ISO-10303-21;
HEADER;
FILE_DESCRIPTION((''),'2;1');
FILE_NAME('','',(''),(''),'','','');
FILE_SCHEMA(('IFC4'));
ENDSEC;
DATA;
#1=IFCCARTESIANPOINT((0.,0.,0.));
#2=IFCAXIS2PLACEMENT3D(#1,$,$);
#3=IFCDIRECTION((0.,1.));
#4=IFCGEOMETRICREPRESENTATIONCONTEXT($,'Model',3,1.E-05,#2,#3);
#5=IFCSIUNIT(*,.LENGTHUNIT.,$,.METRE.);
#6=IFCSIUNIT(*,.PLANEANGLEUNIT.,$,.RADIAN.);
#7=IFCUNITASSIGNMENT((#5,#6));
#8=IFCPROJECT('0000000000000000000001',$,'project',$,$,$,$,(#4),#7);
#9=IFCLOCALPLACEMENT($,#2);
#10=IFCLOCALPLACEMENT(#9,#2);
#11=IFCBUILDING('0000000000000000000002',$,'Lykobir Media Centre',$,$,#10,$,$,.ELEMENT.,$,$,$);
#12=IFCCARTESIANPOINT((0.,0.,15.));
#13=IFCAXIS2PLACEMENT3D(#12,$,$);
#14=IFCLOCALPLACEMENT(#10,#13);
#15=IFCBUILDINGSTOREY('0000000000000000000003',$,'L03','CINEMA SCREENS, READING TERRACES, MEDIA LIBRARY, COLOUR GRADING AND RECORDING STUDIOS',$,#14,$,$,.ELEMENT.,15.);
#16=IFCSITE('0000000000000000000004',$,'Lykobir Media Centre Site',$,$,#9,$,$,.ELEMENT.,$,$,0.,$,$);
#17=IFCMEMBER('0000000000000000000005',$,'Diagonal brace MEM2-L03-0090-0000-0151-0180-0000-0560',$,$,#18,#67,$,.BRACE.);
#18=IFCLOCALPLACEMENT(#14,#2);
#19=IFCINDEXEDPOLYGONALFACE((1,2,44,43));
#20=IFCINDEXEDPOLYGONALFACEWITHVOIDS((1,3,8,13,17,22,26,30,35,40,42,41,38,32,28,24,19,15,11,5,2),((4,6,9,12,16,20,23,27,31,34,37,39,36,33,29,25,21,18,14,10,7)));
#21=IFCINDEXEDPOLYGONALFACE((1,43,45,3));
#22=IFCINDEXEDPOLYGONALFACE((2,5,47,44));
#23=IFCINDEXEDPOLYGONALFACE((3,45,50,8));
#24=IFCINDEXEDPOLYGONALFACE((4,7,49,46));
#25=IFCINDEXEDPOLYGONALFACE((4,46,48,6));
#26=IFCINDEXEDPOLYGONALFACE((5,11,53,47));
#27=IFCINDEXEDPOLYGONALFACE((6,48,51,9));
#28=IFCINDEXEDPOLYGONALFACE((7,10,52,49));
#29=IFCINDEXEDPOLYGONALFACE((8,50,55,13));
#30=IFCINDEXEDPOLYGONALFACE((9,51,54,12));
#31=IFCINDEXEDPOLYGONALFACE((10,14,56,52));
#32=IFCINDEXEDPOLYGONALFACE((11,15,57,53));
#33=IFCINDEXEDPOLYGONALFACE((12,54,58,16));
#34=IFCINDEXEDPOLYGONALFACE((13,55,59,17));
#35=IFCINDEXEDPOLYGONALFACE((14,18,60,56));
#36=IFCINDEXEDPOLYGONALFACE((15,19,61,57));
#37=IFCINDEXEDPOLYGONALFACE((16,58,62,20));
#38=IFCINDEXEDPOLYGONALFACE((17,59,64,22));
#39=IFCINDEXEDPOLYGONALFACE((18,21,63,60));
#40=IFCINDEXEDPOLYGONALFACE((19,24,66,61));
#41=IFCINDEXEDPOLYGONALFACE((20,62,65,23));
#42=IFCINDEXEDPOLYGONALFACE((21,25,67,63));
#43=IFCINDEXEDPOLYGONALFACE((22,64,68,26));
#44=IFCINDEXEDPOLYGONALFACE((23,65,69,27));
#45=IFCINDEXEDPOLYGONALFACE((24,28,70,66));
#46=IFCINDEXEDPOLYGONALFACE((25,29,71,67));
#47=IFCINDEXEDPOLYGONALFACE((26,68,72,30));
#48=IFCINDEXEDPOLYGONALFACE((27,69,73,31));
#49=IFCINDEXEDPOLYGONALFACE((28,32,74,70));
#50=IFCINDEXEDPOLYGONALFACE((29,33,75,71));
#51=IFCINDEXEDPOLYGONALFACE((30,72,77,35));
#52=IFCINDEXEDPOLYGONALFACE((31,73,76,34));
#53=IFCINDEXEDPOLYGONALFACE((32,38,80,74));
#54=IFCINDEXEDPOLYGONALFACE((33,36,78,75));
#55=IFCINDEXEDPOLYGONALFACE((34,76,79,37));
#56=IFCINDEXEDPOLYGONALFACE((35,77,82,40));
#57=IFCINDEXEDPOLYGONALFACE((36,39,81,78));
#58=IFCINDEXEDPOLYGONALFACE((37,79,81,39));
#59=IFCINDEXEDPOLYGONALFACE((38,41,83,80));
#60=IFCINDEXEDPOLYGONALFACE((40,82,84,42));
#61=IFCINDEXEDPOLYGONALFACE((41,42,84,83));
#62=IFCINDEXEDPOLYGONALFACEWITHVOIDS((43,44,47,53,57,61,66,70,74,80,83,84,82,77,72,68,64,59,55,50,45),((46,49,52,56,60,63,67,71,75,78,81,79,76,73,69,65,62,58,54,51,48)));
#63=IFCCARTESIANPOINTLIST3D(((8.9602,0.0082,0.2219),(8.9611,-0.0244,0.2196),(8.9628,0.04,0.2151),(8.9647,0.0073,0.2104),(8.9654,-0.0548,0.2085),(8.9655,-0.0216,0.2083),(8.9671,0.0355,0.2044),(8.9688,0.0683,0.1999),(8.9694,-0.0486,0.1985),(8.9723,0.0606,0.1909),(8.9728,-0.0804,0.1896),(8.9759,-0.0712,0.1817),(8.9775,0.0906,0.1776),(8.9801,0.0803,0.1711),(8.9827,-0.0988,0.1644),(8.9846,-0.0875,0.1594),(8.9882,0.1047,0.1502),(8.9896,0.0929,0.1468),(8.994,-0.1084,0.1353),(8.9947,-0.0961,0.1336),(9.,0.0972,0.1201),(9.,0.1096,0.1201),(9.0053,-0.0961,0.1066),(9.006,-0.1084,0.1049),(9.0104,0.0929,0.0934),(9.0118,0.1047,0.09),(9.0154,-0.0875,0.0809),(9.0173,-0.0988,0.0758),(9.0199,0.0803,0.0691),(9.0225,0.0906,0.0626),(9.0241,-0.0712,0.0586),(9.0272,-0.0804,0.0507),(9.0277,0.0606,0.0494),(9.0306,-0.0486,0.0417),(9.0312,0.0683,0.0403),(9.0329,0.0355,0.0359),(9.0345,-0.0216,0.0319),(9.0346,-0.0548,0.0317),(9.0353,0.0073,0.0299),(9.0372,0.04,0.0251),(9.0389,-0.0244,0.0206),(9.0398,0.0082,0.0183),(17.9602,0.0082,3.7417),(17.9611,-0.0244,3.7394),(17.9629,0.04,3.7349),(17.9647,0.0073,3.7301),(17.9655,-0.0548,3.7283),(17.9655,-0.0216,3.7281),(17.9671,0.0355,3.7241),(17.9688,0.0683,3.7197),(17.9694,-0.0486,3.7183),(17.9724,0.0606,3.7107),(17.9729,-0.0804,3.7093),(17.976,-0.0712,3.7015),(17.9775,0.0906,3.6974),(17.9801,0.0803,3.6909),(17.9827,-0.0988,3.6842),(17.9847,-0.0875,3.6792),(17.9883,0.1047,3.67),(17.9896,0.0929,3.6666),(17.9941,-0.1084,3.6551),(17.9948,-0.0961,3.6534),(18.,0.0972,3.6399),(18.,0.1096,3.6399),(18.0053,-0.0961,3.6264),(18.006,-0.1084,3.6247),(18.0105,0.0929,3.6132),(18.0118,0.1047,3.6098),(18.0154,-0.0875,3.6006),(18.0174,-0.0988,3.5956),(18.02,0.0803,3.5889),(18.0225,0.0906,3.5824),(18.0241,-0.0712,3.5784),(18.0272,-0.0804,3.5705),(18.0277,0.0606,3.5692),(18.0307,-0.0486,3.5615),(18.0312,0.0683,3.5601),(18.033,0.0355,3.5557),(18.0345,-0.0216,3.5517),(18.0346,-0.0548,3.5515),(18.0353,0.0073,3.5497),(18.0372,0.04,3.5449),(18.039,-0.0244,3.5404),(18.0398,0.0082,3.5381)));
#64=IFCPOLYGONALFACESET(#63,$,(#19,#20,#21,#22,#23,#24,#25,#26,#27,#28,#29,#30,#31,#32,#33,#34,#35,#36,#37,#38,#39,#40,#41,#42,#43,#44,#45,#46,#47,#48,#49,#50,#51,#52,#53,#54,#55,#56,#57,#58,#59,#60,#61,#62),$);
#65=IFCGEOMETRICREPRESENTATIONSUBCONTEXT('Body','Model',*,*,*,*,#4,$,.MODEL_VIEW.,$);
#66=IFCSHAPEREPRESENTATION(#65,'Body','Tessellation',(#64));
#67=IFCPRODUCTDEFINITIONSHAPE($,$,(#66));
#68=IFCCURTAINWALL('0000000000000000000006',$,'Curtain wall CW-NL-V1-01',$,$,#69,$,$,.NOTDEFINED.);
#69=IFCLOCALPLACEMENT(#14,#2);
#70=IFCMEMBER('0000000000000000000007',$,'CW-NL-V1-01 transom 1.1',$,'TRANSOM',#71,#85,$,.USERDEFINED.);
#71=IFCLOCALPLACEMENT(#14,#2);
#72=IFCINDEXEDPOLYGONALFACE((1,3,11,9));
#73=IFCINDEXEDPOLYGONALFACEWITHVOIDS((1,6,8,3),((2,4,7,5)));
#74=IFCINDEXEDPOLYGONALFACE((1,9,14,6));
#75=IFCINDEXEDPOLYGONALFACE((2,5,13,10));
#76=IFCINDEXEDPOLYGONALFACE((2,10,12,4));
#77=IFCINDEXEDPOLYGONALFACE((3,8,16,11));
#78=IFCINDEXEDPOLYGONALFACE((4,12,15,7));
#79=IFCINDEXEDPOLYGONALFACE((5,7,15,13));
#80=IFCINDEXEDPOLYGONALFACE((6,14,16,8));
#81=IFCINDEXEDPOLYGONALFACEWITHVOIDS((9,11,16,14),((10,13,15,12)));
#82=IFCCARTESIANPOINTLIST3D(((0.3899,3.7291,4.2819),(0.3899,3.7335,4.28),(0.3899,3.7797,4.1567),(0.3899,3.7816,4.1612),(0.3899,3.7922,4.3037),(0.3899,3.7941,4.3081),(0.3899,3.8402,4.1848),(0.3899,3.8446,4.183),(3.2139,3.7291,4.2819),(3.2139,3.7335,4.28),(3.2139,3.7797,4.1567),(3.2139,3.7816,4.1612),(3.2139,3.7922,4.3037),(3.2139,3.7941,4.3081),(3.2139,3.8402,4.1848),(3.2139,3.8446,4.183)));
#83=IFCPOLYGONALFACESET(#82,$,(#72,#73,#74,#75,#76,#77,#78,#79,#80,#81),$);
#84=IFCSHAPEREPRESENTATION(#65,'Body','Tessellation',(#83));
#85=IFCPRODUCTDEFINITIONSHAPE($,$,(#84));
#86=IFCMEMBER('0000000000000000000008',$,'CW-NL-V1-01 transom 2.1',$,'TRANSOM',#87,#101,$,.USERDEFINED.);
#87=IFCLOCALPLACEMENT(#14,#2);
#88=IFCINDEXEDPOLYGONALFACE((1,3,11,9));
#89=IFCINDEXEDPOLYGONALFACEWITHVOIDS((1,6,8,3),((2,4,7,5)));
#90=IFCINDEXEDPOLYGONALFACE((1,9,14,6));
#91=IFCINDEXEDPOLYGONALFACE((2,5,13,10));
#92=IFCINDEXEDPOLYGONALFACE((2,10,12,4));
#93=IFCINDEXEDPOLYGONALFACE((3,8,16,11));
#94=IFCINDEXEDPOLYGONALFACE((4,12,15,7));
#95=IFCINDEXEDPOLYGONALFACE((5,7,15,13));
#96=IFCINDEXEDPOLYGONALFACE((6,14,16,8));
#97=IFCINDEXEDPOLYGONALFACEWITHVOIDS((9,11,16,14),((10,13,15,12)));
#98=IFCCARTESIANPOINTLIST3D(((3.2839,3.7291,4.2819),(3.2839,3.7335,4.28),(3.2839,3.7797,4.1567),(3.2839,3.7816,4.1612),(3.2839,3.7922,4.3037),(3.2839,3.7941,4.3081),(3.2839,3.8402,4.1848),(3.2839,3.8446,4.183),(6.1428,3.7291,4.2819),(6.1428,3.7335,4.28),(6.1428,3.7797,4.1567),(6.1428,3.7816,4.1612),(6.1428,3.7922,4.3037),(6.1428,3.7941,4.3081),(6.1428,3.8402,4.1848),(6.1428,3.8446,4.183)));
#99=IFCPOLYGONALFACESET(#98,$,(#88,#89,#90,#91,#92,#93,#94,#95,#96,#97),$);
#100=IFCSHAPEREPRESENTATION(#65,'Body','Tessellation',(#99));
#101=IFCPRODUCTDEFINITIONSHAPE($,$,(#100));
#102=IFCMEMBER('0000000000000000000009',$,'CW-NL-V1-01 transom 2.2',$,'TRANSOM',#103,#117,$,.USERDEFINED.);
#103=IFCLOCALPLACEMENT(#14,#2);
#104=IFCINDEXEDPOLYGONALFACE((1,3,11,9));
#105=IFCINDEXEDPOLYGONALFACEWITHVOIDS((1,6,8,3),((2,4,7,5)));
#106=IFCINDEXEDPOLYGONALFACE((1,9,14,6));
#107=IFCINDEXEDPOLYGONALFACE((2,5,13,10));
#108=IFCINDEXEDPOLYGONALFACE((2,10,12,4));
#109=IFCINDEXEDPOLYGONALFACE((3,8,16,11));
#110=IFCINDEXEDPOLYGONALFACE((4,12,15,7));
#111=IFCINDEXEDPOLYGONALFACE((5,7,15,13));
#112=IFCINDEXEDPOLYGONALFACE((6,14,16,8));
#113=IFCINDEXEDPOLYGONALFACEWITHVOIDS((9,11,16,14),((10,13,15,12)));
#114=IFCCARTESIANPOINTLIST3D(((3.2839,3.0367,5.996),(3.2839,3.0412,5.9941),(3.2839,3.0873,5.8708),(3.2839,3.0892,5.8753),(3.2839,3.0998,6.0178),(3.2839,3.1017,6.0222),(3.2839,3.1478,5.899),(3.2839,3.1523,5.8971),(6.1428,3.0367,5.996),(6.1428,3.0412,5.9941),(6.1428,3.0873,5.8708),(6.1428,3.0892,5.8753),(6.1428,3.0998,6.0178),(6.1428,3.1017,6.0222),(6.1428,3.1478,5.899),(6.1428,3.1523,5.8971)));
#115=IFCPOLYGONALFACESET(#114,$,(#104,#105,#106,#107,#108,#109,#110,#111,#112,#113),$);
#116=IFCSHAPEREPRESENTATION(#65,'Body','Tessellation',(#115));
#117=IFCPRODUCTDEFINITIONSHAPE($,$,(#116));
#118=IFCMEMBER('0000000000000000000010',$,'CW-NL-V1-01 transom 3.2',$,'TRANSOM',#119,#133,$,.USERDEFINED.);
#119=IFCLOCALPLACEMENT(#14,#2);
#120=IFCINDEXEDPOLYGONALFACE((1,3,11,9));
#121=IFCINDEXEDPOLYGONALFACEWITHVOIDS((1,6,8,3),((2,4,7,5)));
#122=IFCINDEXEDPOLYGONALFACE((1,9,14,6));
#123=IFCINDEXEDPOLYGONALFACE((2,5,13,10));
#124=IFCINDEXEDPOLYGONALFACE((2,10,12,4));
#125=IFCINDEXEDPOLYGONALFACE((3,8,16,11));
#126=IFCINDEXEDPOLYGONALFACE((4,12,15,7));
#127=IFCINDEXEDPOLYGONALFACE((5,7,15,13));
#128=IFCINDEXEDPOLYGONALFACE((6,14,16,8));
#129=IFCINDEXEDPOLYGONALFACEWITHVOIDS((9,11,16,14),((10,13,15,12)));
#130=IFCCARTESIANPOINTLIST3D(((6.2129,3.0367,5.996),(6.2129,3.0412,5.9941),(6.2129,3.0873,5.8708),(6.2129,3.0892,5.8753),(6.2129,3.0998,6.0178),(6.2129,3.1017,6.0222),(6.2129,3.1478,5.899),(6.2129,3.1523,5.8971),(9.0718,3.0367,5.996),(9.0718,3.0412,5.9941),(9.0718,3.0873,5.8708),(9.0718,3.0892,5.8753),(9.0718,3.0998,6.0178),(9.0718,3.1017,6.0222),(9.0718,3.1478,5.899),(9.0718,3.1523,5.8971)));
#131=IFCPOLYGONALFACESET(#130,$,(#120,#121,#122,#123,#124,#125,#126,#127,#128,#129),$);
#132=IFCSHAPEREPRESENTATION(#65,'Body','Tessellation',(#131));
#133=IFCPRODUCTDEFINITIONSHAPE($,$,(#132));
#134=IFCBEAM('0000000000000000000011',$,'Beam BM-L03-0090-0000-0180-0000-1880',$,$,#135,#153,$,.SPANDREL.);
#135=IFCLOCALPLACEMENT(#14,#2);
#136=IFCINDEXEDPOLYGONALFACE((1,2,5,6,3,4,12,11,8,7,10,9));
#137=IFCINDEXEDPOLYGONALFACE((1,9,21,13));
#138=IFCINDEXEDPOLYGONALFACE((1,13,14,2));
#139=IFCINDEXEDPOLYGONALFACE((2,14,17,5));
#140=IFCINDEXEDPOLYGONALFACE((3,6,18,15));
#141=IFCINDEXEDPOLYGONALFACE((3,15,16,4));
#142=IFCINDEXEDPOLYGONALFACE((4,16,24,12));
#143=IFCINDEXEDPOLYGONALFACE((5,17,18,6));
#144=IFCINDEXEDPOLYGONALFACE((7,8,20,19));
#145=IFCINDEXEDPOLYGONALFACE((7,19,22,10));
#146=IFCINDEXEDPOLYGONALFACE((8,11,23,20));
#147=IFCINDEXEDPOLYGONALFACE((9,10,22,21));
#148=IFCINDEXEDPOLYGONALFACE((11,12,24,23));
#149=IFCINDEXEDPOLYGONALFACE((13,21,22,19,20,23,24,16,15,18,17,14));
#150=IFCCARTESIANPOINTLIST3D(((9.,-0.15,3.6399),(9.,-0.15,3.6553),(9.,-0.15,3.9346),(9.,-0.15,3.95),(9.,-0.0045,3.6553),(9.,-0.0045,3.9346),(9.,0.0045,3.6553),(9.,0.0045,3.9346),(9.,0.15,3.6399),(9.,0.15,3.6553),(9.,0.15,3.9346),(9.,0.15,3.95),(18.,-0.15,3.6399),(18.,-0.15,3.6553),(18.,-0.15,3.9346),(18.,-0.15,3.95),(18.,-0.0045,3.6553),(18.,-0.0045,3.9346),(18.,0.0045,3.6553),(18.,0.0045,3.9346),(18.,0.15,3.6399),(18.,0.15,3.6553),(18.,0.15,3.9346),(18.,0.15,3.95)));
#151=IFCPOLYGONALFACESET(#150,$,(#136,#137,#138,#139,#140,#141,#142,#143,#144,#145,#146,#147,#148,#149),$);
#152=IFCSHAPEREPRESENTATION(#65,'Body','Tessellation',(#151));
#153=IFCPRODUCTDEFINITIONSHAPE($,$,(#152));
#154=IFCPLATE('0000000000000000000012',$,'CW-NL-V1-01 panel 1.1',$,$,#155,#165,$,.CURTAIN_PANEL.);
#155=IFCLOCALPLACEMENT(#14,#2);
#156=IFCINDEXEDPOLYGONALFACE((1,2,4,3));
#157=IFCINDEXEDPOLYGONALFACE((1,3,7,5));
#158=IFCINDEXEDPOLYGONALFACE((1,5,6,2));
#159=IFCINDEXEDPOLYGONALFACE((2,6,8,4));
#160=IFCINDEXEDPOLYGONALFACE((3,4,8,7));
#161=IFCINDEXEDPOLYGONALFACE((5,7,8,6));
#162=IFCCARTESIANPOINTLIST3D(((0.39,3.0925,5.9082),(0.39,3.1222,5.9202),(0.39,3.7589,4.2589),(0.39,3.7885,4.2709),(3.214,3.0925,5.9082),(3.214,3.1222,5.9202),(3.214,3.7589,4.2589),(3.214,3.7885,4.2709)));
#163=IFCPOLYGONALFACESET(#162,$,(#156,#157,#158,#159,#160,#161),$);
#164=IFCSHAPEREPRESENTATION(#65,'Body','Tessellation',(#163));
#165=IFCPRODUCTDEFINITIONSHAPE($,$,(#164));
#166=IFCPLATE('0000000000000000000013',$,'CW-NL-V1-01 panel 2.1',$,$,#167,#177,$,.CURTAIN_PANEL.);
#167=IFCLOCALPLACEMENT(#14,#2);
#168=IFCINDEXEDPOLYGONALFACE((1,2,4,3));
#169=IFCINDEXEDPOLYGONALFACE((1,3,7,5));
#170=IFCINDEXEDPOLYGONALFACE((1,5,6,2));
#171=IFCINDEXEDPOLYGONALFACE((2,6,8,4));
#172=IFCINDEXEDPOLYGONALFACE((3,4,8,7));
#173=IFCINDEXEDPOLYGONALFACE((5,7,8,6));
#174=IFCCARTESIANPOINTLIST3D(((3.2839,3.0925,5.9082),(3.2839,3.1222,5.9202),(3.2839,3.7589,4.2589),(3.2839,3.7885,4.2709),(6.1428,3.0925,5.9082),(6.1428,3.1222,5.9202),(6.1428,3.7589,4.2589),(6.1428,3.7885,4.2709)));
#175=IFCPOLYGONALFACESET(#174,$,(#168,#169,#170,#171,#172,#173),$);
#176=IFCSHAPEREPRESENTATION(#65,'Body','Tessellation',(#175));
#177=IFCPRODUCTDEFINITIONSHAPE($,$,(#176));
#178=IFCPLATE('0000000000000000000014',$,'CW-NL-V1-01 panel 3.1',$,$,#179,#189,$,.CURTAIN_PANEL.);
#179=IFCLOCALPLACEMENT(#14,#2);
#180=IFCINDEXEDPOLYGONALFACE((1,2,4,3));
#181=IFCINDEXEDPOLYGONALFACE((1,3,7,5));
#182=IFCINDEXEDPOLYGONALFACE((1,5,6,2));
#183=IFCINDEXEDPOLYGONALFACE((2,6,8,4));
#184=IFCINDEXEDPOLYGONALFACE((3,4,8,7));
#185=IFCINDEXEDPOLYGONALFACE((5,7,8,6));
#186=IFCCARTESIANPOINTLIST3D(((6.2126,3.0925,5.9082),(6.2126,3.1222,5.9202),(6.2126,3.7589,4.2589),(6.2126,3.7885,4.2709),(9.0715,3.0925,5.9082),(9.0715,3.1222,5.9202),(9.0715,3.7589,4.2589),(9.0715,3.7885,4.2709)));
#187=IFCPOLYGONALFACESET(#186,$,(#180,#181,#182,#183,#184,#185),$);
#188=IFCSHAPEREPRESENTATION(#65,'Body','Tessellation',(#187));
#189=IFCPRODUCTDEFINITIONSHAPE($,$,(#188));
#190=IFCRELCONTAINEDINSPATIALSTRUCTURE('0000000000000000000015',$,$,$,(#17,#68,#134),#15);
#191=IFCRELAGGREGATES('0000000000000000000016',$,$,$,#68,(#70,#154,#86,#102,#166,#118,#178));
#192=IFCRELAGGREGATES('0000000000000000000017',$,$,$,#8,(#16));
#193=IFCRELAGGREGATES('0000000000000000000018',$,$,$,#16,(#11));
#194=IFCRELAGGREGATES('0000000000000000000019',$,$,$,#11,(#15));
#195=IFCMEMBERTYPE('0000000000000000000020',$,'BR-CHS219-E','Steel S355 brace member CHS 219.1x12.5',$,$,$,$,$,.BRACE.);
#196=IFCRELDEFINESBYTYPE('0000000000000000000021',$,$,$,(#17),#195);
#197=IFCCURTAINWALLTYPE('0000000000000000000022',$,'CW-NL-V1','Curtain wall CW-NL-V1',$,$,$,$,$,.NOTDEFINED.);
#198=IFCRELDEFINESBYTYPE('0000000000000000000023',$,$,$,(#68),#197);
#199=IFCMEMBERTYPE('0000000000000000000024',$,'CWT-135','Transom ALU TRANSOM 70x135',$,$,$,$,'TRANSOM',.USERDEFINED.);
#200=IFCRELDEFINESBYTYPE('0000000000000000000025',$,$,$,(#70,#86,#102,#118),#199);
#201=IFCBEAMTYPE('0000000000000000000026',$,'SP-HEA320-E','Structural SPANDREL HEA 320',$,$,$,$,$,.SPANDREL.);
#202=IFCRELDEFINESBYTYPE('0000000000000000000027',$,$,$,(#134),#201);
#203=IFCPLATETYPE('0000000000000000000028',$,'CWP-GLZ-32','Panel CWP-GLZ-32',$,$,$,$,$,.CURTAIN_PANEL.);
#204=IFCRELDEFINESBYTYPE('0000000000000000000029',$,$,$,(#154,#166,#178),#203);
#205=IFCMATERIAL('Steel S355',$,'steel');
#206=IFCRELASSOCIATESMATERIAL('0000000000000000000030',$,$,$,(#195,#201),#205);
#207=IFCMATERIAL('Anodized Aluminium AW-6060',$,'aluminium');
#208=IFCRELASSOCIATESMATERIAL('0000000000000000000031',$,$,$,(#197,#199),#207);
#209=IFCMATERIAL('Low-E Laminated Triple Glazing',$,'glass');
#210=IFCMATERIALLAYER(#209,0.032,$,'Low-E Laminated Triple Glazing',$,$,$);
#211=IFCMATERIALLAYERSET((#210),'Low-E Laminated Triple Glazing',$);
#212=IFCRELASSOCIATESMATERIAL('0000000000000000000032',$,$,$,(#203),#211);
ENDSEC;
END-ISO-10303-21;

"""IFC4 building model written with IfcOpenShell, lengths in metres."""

from ifc_helpers import new_model, si_unit, direction, frame, origin, origin_2d, place, context, subcontext, project, spatial, rectangle, hollow_rectangle, hollow_circle, i_section, extrude, material, layer, layer_set, material_profile, profile_set, type_object, element, aggregate, save


model = new_model("IFC4")

# Units and contexts
model_context = context("Model", 3, precision=1e-05, world=origin(), true_north=direction((0.0, 1.0)))
body_context = subcontext(model_context, "Body", "Model", "MODEL_VIEW")
ifc_project = project(units=[si_unit("LENGTHUNIT", "METRE"), si_unit("PLANEANGLEUNIT", "RADIAN")], contexts=[model_context])

# Site, building, storey
site_placement = place(None, origin())
site = spatial("IfcSite", under=ifc_project, at=site_placement, Name="Lykobir Media Centre Site", CompositionType="ELEMENT", RefElevation=0.0)
building_placement = place(site_placement, origin())
building = spatial("IfcBuilding", under=site, at=building_placement, Name="Lykobir Media Centre", CompositionType="ELEMENT")
storey_placement = place(building_placement, frame((0.0, 0.0, 15.0)))
storey = spatial("IfcBuildingStorey", under=building, at=storey_placement, Name="L03", Description="CINEMA SCREENS, READING TERRACES, MEDIA LIBRARY, COLOUR GRADING AND RECORDING STUDIOS", CompositionType="ELEMENT", Elevation=15.0)

# Member
ifc_material_1 = material(Name="Steel S355", Category="steel")
ifc_material_profile_1 = material_profile(ifc_material_1, hollow_circle(Radius=0.1096, WallThickness=0.0125, at=origin_2d()), Name="CHS 219.1x12.5")
ifc_profile_set_1 = profile_set([ifc_material_profile_1], Name="Steel S355")
member_type_1 = type_object("IfcMemberType", Name="BR-CHS219-E", Description="Steel S355 brace member CHS 219.1x12.5", PredefinedType="BRACE", material=ifc_profile_set_1)
member_1_placement = place(storey_placement, frame((9.0, 0.0, 0.1201), z_axis=(0.931312, 0.0, 0.364223), x_axis=(0.0, 1.0, 0.0)))
element("IfcMember", 1, at=member_1_placement, inside=storey, type_object=member_type_1, Name="Diagonal brace MEM2-L03-0090-0000-0151-0180-0000-0560", PredefinedType="BRACE", context=body_context, shape_type="SweptSolid", body=[
    extrude(hollow_circle(Radius=0.1096, WallThickness=0.0125, at=origin_2d()), origin(), (0.0, 0.0, 1.0), 9.6638),
])

# Curtain wall, members
ifc_material_2 = material(Name="Anodized Aluminium AW-6060", Category="aluminium")
curtain_wall_type = type_object("IfcCurtainWallType", Name="CW-NL-V1", Description="Curtain wall CW-NL-V1", PredefinedType="NOTDEFINED", material=ifc_material_2)
curtain_wall_placement = place(storey_placement, origin())
curtain_wall = element("IfcCurtainWall", 2, at=curtain_wall_placement, inside=storey, type_object=curtain_wall_type, Name="Curtain wall CW-NL-V1-01", PredefinedType="NOTDEFINED")
ifc_material_profile_2 = material_profile(ifc_material_2, hollow_rectangle(XDim=0.0701, YDim=0.135, WallThickness=0.0034, at=origin_2d()), Name="ALU TRANSOM 70x135")
ifc_profile_set_2 = profile_set([ifc_material_profile_2], Name="Anodized Aluminium AW-6060")
member_type_2 = type_object("IfcMemberType", Name="CWT-135", Description="Transom ALU TRANSOM 70x135", ElementType="TRANSOM", PredefinedType="USERDEFINED", material=ifc_profile_set_2)
member_2_placement = place(storey_placement, frame((0.3899, 3.7869, 4.2324), z_axis=(1.0, 0.0, 0.0), x_axis=(0.0, 0.927184, 0.374607)))
member_2 = element("IfcMember", 3, at=member_2_placement, type_object=member_type_2, Name="CW-NL-V1-01 transom 1.1", ObjectType="TRANSOM", PredefinedType="USERDEFINED", context=body_context, shape_type="SweptSolid", body=[
    extrude(hollow_rectangle(XDim=0.0701, YDim=0.135, WallThickness=0.0034, at=origin_2d()), origin(), (0.0, 0.0, 1.0), 2.824),
])
member_3_placement = place(storey_placement, frame((3.2839, 3.7869, 4.2324), z_axis=(1.0, 0.0, 0.0), x_axis=(0.0, 0.927184, 0.374607)))
member_3 = element("IfcMember", 4, at=member_3_placement, type_object=member_type_2, Name="CW-NL-V1-01 transom 2.1", ObjectType="TRANSOM", PredefinedType="USERDEFINED", context=body_context, shape_type="SweptSolid", body=[
    extrude(hollow_rectangle(XDim=0.0701, YDim=0.135, WallThickness=0.0034, at=origin_2d()), origin(), (0.0, 0.0, 1.0), 2.8589),
])
member_4_placement = place(storey_placement, frame((3.2839, 3.0945, 5.9465), z_axis=(1.0, 0.0, 0.0), x_axis=(0.0, 0.927184, 0.374607)))
member_4 = element("IfcMember", 5, at=member_4_placement, type_object=member_type_2, Name="CW-NL-V1-01 transom 2.2", ObjectType="TRANSOM", PredefinedType="USERDEFINED", context=body_context, shape_type="SweptSolid", body=[
    extrude(hollow_rectangle(XDim=0.0701, YDim=0.135, WallThickness=0.0034, at=origin_2d()), origin(), (0.0, 0.0, 1.0), 2.8589),
])
member_5_placement = place(storey_placement, frame((6.2129, 3.0945, 5.9465), z_axis=(1.0, 0.0, 0.0), x_axis=(0.0, 0.927184, 0.374607)))
member_5 = element("IfcMember", 6, at=member_5_placement, type_object=member_type_2, Name="CW-NL-V1-01 transom 3.2", ObjectType="TRANSOM", PredefinedType="USERDEFINED", context=body_context, shape_type="SweptSolid", body=[
    extrude(hollow_rectangle(XDim=0.0701, YDim=0.135, WallThickness=0.0034, at=origin_2d()), origin(), (0.0, 0.0, 1.0), 2.8589),
])

# Beam
ifc_material_profile_3 = material_profile(ifc_material_1, i_section(OverallWidth=0.3, OverallDepth=0.3101, WebThickness=0.009, FlangeThickness=0.0154, at=origin_2d()), Name="HEA 320")
ifc_profile_set_3 = profile_set([ifc_material_profile_3], Name="Steel S355")
beam_type = type_object("IfcBeamType", Name="SP-HEA320-E", Description="Structural SPANDREL HEA 320", PredefinedType="SPANDREL", material=ifc_profile_set_3)
beam_placement = place(storey_placement, frame((9.0, 0.0, 3.7949), z_axis=(1.0, 0.0, 0.0), x_axis=(0.0, 1.0, 0.0)))
element("IfcBeam", 7, at=beam_placement, inside=storey, type_object=beam_type, Name="Beam BM-L03-0090-0000-0180-0000-1880", PredefinedType="SPANDREL", context=body_context, shape_type="SweptSolid", body=[
    extrude(i_section(OverallWidth=0.3, OverallDepth=0.3101, WebThickness=0.009, FlangeThickness=0.0154, at=origin_2d()), origin(), (0.0, 0.0, 1.0), 9.0),
])

# Plates
ifc_material_3 = material(Name="Low-E Laminated Triple Glazing", Category="glass")
ifc_layer_1 = layer(ifc_material_3, 0.032, Name="Low-E Laminated Triple Glazing")
ifc_layer_set_1 = layer_set([ifc_layer_1], Name="Low-E Laminated Triple Glazing")
plate_type_1 = type_object("IfcPlateType", Name="CWP-GLZ-32", Description="Panel CWP-GLZ-32", PredefinedType="CURTAIN_PANEL", material=ifc_layer_set_1)
plate_1_placement = place(storey_placement, frame((1.802, 3.7737, 4.2649), z_axis=(0.0, -0.374607, 0.927184), x_axis=(1.0, 0.0, 0.0)))
plate_1 = element("IfcPlate", 8, at=plate_1_placement, type_object=plate_type_1, Name="CW-NL-V1-01 panel 1.1", PredefinedType="CURTAIN_PANEL", context=body_context, shape_type="SweptSolid", body=[
    extrude(rectangle(XDim=2.824, YDim=0.032, at=origin_2d()), origin(), (0.0, 0.0, 1.0), 1.7788),
])
plate_2_placement = place(storey_placement, frame((4.7134, 3.7737, 4.2649), z_axis=(0.0, -0.374607, 0.927184), x_axis=(1.0, 0.0, 0.0)))
plate_2 = element("IfcPlate", 9, at=plate_2_placement, type_object=plate_type_1, Name="CW-NL-V1-01 panel 2.1", PredefinedType="CURTAIN_PANEL", context=body_context, shape_type="SweptSolid", body=[
    extrude(rectangle(XDim=2.8589, YDim=0.032, at=origin_2d()), origin(), (0.0, 0.0, 1.0), 1.7788),
])
plate_3_placement = place(storey_placement, frame((7.6421, 3.7737, 4.2649), z_axis=(0.0, -0.374607, 0.927184), x_axis=(1.0, 0.0, 0.0)))
plate_3 = element("IfcPlate", 10, at=plate_3_placement, type_object=plate_type_1, Name="CW-NL-V1-01 panel 3.1", PredefinedType="CURTAIN_PANEL", context=body_context, shape_type="SweptSolid", body=[
    extrude(rectangle(XDim=2.8589, YDim=0.032, at=origin_2d()), origin(), (0.0, 0.0, 1.0), 1.7788),
])
aggregate(curtain_wall, [member_2, plate_1, member_3, member_4, plate_2, member_5, plate_3])

save(model, "model.ifc")
